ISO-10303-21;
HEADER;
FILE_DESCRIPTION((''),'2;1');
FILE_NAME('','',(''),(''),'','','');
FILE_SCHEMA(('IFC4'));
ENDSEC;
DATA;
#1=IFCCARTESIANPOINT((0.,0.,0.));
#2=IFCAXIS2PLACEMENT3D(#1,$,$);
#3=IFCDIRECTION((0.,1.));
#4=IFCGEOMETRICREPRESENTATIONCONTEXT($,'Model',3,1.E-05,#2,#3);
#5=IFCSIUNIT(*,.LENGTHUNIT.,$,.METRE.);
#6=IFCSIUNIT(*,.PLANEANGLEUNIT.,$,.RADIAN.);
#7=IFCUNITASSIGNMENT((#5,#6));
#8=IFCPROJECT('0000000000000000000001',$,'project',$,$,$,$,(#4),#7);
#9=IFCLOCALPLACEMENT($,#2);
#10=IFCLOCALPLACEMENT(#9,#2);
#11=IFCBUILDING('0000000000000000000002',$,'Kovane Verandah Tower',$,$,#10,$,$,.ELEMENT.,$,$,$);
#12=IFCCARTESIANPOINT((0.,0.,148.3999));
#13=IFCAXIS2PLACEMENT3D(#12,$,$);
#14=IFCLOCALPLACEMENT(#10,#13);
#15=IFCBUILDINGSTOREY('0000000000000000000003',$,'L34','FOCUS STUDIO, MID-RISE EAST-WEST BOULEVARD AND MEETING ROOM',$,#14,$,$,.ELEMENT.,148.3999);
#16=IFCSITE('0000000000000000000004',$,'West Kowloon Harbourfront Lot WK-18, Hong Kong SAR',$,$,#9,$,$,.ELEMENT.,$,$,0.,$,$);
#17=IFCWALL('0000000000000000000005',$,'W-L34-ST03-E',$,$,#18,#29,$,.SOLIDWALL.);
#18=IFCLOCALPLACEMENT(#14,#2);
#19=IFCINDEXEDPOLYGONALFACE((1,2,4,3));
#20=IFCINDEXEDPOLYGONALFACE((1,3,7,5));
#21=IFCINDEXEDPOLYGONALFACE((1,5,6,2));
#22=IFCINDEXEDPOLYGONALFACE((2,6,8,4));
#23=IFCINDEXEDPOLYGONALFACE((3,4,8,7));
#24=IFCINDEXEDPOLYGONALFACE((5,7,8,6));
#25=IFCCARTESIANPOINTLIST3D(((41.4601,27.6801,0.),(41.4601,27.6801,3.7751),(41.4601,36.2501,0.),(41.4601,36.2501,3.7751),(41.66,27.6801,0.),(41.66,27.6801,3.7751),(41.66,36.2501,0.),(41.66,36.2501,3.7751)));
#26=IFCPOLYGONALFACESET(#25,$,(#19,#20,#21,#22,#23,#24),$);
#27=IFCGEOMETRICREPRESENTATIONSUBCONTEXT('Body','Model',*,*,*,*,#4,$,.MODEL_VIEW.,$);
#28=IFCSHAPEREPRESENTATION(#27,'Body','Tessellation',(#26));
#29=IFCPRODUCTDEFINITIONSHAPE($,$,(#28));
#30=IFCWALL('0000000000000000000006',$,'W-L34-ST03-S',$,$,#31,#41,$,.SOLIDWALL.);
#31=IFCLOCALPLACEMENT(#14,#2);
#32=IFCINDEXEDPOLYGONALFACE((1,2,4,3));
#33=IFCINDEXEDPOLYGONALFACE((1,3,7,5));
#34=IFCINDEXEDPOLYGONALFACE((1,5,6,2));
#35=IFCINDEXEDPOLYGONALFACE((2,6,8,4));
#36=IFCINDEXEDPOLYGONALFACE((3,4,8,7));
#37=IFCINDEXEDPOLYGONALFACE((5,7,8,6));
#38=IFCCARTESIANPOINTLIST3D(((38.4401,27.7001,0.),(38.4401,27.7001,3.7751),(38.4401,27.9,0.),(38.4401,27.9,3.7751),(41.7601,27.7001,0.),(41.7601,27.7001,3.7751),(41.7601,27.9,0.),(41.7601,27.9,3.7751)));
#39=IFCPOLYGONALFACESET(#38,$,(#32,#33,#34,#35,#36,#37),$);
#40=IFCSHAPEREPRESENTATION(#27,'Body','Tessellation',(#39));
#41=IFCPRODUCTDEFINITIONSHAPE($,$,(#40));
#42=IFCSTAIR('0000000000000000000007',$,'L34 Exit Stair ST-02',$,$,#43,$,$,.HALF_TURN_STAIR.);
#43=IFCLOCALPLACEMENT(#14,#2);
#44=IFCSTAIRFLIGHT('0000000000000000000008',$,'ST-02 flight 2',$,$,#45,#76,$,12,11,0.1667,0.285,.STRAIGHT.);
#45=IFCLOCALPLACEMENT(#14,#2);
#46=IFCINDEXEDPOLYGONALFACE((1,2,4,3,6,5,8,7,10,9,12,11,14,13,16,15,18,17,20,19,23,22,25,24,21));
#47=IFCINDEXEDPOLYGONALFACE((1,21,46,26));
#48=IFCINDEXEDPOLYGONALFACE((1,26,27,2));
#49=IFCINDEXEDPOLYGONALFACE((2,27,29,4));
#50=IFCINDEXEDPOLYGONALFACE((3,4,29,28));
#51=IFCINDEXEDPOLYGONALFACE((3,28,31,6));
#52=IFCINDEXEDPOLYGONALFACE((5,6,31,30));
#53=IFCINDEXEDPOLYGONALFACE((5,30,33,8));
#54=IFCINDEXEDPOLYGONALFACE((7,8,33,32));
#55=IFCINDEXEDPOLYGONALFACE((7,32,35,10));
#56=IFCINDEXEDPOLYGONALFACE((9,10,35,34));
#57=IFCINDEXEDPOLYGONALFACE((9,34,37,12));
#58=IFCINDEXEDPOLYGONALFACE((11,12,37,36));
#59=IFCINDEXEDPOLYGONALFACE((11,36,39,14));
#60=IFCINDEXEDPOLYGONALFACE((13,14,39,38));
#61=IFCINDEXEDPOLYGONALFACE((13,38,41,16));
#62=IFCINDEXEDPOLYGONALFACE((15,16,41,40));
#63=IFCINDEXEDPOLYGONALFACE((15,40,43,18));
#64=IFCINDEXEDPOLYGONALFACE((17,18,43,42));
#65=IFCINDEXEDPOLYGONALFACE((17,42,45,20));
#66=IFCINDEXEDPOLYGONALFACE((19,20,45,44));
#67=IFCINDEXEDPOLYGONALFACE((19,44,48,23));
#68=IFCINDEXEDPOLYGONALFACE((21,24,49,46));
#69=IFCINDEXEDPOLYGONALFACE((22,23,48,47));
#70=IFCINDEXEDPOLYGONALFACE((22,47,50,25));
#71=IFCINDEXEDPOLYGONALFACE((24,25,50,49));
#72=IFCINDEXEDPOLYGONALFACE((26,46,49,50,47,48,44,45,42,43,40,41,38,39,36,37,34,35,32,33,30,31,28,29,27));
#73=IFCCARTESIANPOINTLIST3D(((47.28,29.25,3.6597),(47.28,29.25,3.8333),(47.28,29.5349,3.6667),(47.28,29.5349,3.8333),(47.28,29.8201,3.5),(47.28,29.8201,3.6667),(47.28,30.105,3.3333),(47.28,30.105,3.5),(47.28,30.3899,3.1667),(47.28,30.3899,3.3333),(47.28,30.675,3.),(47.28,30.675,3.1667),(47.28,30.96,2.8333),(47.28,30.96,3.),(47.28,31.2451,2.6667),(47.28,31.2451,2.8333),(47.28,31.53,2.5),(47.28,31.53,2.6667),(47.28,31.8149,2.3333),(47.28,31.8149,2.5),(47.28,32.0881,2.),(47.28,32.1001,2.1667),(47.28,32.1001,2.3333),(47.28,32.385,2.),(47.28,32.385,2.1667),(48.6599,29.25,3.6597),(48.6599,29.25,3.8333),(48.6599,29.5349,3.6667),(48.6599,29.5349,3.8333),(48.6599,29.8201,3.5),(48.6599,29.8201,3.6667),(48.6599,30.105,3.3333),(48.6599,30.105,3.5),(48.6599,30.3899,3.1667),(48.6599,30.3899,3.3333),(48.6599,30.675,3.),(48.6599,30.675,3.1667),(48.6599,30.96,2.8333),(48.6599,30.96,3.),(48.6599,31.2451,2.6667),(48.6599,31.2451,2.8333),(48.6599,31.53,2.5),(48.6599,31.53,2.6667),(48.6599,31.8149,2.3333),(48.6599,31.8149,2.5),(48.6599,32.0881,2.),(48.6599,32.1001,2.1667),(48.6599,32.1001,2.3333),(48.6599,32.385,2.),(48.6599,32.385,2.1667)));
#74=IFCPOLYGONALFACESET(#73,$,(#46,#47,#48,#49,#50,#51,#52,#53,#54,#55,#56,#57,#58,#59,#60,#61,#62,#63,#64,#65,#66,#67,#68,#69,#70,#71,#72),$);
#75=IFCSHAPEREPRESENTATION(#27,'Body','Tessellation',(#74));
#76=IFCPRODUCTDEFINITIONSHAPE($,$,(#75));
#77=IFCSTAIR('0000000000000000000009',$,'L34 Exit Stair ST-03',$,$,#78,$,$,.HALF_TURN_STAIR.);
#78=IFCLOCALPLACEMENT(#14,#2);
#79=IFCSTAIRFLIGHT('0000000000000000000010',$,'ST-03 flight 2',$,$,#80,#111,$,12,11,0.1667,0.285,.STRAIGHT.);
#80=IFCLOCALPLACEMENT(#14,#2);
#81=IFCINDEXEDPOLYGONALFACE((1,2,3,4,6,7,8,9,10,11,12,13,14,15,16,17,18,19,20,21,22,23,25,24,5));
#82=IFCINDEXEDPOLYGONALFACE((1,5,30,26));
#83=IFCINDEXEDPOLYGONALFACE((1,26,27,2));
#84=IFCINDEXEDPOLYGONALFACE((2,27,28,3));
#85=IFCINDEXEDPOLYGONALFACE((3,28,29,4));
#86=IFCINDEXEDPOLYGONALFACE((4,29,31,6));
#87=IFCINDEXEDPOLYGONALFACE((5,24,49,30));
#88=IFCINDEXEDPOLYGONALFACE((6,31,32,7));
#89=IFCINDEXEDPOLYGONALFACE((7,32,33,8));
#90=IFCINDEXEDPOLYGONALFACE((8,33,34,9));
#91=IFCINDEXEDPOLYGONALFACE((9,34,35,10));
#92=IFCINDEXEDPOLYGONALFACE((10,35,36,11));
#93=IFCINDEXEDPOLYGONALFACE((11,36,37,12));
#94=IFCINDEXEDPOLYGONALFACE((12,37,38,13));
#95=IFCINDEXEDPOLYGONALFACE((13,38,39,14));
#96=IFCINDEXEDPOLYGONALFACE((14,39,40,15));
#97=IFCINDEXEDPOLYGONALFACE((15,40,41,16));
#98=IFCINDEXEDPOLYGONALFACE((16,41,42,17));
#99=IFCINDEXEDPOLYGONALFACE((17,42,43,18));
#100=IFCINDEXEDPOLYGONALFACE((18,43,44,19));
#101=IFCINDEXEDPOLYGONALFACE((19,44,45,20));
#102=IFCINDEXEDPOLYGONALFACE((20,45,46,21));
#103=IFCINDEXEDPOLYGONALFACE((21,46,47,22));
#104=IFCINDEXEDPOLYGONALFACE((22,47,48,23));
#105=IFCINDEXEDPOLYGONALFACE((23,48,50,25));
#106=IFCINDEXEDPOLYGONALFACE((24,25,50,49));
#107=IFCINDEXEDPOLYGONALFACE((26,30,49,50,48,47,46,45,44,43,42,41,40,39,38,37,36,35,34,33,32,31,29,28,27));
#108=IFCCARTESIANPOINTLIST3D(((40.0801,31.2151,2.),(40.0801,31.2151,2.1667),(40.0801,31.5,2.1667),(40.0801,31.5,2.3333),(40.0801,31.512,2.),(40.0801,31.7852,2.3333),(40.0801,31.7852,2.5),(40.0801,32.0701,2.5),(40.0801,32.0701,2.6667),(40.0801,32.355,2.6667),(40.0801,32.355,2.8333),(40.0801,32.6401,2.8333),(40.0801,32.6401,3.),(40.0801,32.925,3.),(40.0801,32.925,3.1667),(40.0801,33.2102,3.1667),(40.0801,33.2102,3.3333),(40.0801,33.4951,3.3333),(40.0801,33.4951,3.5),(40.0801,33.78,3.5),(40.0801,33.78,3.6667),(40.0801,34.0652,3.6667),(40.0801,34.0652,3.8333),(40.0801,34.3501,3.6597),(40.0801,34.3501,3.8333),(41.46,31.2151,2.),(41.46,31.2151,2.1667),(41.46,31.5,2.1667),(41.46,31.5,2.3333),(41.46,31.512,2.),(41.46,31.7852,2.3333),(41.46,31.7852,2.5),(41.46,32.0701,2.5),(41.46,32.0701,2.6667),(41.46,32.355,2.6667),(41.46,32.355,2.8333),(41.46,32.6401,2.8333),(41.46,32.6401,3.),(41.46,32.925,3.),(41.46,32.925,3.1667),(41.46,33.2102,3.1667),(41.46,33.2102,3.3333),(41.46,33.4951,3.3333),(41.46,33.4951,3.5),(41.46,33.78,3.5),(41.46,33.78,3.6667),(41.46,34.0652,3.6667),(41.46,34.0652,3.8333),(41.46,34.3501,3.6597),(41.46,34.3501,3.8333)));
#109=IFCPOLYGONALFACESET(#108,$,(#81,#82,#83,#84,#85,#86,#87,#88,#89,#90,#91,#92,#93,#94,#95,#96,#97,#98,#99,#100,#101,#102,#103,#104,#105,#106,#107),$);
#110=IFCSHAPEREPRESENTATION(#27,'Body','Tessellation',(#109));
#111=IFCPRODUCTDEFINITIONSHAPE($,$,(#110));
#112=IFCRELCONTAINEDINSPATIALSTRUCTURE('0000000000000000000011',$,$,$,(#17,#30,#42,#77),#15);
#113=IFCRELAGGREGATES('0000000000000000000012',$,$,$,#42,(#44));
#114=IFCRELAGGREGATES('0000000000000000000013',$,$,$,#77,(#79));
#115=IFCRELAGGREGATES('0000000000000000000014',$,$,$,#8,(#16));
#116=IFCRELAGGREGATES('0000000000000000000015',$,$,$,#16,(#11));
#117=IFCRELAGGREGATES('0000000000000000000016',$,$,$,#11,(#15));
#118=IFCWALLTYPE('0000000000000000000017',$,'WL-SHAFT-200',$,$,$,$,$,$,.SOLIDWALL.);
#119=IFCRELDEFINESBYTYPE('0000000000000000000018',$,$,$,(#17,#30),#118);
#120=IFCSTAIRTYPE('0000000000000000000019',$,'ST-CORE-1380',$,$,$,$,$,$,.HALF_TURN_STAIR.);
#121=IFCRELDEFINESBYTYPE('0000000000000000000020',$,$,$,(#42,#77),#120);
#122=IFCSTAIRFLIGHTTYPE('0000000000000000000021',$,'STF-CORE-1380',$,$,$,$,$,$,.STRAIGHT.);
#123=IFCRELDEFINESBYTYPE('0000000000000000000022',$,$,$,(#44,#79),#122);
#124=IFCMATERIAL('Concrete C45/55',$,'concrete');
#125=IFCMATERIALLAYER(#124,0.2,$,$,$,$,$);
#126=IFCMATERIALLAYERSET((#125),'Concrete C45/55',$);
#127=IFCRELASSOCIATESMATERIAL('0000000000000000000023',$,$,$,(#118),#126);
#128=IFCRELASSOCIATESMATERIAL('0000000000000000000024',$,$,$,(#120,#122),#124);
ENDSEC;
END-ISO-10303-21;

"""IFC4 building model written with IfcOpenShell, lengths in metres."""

from ifc_helpers import new_model, si_unit, direction, frame, frame_2d, origin, place, context, subcontext, project, spatial, polyline, rectangle, outline, extrude, material, layer, layer_set, type_object, element, aggregate, save


model = new_model("IFC4")

# Units and contexts
model_context = context("Model", 3, precision=1e-05, world=origin(), true_north=direction((0.0, 1.0)))
body_context = subcontext(model_context, "Body", "Model", "MODEL_VIEW")
ifc_project = project(units=[si_unit("LENGTHUNIT", "METRE"), si_unit("PLANEANGLEUNIT", "RADIAN")], contexts=[model_context])

# Site, building, storey
site_placement = place(None, origin())
site = spatial("IfcSite", under=ifc_project, at=site_placement, Name="West Kowloon Harbourfront Lot WK-18, Hong Kong SAR", CompositionType="ELEMENT", RefElevation=0.0)
building_placement = place(site_placement, origin())
building = spatial("IfcBuilding", under=site, at=building_placement, Name="Kovane Verandah Tower", CompositionType="ELEMENT")
storey_placement = place(building_placement, frame((0.0, 0.0, 148.3999)))
storey = spatial("IfcBuildingStorey", under=building, at=storey_placement, Name="L34", Description="FOCUS STUDIO, MID-RISE EAST-WEST BOULEVARD AND MEETING ROOM", CompositionType="ELEMENT", Elevation=148.3999)

# Shared definitions
ifc_material_1 = material(Name="Concrete C45/55", Category="concrete")
ifc_layer_1 = layer(ifc_material_1, 0.2)
ifc_layer_set_1 = layer_set([ifc_layer_1], Name="Concrete C45/55")
wall_type_1 = type_object("IfcWallType", Name="WL-SHAFT-200", PredefinedType="SOLIDWALL", material=ifc_layer_set_1)

# Walls
wall_1_placement = place(storey_placement, frame((41.5601, 27.6799, 0.0), z_axis=(0.0, 0.0, 1.0), x_axis=(0.0, 1.0, 0.0)))
element("IfcWall", 1, at=wall_1_placement, inside=storey, type_object=wall_type_1, Name="W-L34-ST03-E", PredefinedType="SOLIDWALL", context=body_context, shape_type="SweptSolid", body=[
    extrude(rectangle(XDim=8.5701, YDim=0.2, at=frame_2d((4.2852, 0.0))), origin(), (0.0, 0.0, 1.0), 3.7751),
])
wall_2_placement = place(storey_placement, frame((38.4399, 27.8, 0.0), z_axis=(0.0, 0.0, 1.0), x_axis=(1.0, 0.0, 0.0)))
element("IfcWall", 2, at=wall_2_placement, inside=storey, type_object=wall_type_1, Name="W-L34-ST03-S", PredefinedType="SOLIDWALL", context=body_context, shape_type="SweptSolid", body=[
    extrude(rectangle(XDim=3.3201, YDim=0.2, at=frame_2d((1.6602, 0.0))), origin(), (0.0, 0.0, 1.0), 3.7751),
])

# Stairs, stair flights
stair_type = type_object("IfcStairType", Name="ST-CORE-1380", PredefinedType="HALF_TURN_STAIR", material=ifc_material_1)
stair_1_placement = place(storey_placement, origin())
stair_1 = element("IfcStair", 3, at=stair_1_placement, inside=storey, type_object=stair_type, Name="L34 Exit Stair ST-02", PredefinedType="HALF_TURN_STAIR")
stair_flight_type = type_object("IfcStairFlightType", Name="STF-CORE-1380", PredefinedType="STRAIGHT", material=ifc_material_1)
stair_flight_1_placement = place(storey_placement, frame((47.97, 32.385, 2.0), z_axis=(0.0, 0.0, 1.0), x_axis=(0.0, -1.0, 0.0)))
stair_flight_1 = element("IfcStairFlight", 4, at=stair_flight_1_placement, type_object=stair_flight_type, Name="ST-02 flight 2", NumberOfRisers=12, NumberOfTreads=11, PredefinedType="STRAIGHT", RiserHeight=0.1667, TreadLength=0.285, context=body_context, shape_type="SweptSolid", body=[
    extrude(outline(polyline([(0.0, 0.0), (0.0, 0.1667), (0.2849, 0.1667), (0.2849, 0.3333), (0.5701, 0.3333), (0.5701, 0.5), (0.855, 0.5), (0.855, 0.6667), (1.1399, 0.6667), (1.1399, 0.8333), (1.425, 0.8333), (1.425, 1.0), (1.71, 1.0), (1.71, 1.1667), (1.9951, 1.1667), (1.9951, 1.3333), (2.28, 1.3333), (2.28, 1.5), (2.5649, 1.5), (2.5649, 1.6667), (2.8501, 1.6667), (2.8501, 1.8333), (3.135, 1.8333), (3.135, 2.0), (3.135, 1.6597), (0.2969, 0.0), (0.0, 0.0)])), frame((0.0, 0.6899, 0.0), z_axis=(0.0, -1.0, 0.0), x_axis=(1.0, 0.0, 0.0)), (0.0, 0.0, 1.0), 1.3799),
])
aggregate(stair_1, [stair_flight_1])
stair_2_placement = place(storey_placement, origin())
stair_2 = element("IfcStair", 5, at=stair_2_placement, inside=storey, type_object=stair_type, Name="L34 Exit Stair ST-03", PredefinedType="HALF_TURN_STAIR")
stair_flight_2_placement = place(storey_placement, frame((40.77, 31.2151, 2.0), z_axis=(0.0, 0.0, 1.0), x_axis=(0.0, 1.0, 0.0)))
stair_flight_2 = element("IfcStairFlight", 6, at=stair_flight_2_placement, type_object=stair_flight_type, Name="ST-03 flight 2", NumberOfRisers=12, NumberOfTreads=11, PredefinedType="STRAIGHT", RiserHeight=0.1667, TreadLength=0.285, context=body_context, shape_type="SweptSolid", body=[
    extrude(outline(polyline([(0.0, 0.0), (0.0, 0.1667), (0.2849, 0.1667), (0.2849, 0.3333), (0.5701, 0.3333), (0.5701, 0.5), (0.855, 0.5), (0.855, 0.6667), (1.1399, 0.6667), (1.1399, 0.8333), (1.425, 0.8333), (1.425, 1.0), (1.71, 1.0), (1.71, 1.1667), (1.9951, 1.1667), (1.9951, 1.3333), (2.28, 1.3333), (2.28, 1.5), (2.5649, 1.5), (2.5649, 1.6667), (2.8501, 1.6667), (2.8501, 1.8333), (3.135, 1.8333), (3.135, 2.0), (3.135, 1.6597), (0.2969, 0.0), (0.0, 0.0)])), frame((0.0, 0.6899, 0.0), z_axis=(0.0, -1.0, 0.0), x_axis=(1.0, 0.0, 0.0)), (0.0, 0.0, 1.0), 1.3799),
])
aggregate(stair_2, [stair_flight_2])

save(model, "model.ifc")
